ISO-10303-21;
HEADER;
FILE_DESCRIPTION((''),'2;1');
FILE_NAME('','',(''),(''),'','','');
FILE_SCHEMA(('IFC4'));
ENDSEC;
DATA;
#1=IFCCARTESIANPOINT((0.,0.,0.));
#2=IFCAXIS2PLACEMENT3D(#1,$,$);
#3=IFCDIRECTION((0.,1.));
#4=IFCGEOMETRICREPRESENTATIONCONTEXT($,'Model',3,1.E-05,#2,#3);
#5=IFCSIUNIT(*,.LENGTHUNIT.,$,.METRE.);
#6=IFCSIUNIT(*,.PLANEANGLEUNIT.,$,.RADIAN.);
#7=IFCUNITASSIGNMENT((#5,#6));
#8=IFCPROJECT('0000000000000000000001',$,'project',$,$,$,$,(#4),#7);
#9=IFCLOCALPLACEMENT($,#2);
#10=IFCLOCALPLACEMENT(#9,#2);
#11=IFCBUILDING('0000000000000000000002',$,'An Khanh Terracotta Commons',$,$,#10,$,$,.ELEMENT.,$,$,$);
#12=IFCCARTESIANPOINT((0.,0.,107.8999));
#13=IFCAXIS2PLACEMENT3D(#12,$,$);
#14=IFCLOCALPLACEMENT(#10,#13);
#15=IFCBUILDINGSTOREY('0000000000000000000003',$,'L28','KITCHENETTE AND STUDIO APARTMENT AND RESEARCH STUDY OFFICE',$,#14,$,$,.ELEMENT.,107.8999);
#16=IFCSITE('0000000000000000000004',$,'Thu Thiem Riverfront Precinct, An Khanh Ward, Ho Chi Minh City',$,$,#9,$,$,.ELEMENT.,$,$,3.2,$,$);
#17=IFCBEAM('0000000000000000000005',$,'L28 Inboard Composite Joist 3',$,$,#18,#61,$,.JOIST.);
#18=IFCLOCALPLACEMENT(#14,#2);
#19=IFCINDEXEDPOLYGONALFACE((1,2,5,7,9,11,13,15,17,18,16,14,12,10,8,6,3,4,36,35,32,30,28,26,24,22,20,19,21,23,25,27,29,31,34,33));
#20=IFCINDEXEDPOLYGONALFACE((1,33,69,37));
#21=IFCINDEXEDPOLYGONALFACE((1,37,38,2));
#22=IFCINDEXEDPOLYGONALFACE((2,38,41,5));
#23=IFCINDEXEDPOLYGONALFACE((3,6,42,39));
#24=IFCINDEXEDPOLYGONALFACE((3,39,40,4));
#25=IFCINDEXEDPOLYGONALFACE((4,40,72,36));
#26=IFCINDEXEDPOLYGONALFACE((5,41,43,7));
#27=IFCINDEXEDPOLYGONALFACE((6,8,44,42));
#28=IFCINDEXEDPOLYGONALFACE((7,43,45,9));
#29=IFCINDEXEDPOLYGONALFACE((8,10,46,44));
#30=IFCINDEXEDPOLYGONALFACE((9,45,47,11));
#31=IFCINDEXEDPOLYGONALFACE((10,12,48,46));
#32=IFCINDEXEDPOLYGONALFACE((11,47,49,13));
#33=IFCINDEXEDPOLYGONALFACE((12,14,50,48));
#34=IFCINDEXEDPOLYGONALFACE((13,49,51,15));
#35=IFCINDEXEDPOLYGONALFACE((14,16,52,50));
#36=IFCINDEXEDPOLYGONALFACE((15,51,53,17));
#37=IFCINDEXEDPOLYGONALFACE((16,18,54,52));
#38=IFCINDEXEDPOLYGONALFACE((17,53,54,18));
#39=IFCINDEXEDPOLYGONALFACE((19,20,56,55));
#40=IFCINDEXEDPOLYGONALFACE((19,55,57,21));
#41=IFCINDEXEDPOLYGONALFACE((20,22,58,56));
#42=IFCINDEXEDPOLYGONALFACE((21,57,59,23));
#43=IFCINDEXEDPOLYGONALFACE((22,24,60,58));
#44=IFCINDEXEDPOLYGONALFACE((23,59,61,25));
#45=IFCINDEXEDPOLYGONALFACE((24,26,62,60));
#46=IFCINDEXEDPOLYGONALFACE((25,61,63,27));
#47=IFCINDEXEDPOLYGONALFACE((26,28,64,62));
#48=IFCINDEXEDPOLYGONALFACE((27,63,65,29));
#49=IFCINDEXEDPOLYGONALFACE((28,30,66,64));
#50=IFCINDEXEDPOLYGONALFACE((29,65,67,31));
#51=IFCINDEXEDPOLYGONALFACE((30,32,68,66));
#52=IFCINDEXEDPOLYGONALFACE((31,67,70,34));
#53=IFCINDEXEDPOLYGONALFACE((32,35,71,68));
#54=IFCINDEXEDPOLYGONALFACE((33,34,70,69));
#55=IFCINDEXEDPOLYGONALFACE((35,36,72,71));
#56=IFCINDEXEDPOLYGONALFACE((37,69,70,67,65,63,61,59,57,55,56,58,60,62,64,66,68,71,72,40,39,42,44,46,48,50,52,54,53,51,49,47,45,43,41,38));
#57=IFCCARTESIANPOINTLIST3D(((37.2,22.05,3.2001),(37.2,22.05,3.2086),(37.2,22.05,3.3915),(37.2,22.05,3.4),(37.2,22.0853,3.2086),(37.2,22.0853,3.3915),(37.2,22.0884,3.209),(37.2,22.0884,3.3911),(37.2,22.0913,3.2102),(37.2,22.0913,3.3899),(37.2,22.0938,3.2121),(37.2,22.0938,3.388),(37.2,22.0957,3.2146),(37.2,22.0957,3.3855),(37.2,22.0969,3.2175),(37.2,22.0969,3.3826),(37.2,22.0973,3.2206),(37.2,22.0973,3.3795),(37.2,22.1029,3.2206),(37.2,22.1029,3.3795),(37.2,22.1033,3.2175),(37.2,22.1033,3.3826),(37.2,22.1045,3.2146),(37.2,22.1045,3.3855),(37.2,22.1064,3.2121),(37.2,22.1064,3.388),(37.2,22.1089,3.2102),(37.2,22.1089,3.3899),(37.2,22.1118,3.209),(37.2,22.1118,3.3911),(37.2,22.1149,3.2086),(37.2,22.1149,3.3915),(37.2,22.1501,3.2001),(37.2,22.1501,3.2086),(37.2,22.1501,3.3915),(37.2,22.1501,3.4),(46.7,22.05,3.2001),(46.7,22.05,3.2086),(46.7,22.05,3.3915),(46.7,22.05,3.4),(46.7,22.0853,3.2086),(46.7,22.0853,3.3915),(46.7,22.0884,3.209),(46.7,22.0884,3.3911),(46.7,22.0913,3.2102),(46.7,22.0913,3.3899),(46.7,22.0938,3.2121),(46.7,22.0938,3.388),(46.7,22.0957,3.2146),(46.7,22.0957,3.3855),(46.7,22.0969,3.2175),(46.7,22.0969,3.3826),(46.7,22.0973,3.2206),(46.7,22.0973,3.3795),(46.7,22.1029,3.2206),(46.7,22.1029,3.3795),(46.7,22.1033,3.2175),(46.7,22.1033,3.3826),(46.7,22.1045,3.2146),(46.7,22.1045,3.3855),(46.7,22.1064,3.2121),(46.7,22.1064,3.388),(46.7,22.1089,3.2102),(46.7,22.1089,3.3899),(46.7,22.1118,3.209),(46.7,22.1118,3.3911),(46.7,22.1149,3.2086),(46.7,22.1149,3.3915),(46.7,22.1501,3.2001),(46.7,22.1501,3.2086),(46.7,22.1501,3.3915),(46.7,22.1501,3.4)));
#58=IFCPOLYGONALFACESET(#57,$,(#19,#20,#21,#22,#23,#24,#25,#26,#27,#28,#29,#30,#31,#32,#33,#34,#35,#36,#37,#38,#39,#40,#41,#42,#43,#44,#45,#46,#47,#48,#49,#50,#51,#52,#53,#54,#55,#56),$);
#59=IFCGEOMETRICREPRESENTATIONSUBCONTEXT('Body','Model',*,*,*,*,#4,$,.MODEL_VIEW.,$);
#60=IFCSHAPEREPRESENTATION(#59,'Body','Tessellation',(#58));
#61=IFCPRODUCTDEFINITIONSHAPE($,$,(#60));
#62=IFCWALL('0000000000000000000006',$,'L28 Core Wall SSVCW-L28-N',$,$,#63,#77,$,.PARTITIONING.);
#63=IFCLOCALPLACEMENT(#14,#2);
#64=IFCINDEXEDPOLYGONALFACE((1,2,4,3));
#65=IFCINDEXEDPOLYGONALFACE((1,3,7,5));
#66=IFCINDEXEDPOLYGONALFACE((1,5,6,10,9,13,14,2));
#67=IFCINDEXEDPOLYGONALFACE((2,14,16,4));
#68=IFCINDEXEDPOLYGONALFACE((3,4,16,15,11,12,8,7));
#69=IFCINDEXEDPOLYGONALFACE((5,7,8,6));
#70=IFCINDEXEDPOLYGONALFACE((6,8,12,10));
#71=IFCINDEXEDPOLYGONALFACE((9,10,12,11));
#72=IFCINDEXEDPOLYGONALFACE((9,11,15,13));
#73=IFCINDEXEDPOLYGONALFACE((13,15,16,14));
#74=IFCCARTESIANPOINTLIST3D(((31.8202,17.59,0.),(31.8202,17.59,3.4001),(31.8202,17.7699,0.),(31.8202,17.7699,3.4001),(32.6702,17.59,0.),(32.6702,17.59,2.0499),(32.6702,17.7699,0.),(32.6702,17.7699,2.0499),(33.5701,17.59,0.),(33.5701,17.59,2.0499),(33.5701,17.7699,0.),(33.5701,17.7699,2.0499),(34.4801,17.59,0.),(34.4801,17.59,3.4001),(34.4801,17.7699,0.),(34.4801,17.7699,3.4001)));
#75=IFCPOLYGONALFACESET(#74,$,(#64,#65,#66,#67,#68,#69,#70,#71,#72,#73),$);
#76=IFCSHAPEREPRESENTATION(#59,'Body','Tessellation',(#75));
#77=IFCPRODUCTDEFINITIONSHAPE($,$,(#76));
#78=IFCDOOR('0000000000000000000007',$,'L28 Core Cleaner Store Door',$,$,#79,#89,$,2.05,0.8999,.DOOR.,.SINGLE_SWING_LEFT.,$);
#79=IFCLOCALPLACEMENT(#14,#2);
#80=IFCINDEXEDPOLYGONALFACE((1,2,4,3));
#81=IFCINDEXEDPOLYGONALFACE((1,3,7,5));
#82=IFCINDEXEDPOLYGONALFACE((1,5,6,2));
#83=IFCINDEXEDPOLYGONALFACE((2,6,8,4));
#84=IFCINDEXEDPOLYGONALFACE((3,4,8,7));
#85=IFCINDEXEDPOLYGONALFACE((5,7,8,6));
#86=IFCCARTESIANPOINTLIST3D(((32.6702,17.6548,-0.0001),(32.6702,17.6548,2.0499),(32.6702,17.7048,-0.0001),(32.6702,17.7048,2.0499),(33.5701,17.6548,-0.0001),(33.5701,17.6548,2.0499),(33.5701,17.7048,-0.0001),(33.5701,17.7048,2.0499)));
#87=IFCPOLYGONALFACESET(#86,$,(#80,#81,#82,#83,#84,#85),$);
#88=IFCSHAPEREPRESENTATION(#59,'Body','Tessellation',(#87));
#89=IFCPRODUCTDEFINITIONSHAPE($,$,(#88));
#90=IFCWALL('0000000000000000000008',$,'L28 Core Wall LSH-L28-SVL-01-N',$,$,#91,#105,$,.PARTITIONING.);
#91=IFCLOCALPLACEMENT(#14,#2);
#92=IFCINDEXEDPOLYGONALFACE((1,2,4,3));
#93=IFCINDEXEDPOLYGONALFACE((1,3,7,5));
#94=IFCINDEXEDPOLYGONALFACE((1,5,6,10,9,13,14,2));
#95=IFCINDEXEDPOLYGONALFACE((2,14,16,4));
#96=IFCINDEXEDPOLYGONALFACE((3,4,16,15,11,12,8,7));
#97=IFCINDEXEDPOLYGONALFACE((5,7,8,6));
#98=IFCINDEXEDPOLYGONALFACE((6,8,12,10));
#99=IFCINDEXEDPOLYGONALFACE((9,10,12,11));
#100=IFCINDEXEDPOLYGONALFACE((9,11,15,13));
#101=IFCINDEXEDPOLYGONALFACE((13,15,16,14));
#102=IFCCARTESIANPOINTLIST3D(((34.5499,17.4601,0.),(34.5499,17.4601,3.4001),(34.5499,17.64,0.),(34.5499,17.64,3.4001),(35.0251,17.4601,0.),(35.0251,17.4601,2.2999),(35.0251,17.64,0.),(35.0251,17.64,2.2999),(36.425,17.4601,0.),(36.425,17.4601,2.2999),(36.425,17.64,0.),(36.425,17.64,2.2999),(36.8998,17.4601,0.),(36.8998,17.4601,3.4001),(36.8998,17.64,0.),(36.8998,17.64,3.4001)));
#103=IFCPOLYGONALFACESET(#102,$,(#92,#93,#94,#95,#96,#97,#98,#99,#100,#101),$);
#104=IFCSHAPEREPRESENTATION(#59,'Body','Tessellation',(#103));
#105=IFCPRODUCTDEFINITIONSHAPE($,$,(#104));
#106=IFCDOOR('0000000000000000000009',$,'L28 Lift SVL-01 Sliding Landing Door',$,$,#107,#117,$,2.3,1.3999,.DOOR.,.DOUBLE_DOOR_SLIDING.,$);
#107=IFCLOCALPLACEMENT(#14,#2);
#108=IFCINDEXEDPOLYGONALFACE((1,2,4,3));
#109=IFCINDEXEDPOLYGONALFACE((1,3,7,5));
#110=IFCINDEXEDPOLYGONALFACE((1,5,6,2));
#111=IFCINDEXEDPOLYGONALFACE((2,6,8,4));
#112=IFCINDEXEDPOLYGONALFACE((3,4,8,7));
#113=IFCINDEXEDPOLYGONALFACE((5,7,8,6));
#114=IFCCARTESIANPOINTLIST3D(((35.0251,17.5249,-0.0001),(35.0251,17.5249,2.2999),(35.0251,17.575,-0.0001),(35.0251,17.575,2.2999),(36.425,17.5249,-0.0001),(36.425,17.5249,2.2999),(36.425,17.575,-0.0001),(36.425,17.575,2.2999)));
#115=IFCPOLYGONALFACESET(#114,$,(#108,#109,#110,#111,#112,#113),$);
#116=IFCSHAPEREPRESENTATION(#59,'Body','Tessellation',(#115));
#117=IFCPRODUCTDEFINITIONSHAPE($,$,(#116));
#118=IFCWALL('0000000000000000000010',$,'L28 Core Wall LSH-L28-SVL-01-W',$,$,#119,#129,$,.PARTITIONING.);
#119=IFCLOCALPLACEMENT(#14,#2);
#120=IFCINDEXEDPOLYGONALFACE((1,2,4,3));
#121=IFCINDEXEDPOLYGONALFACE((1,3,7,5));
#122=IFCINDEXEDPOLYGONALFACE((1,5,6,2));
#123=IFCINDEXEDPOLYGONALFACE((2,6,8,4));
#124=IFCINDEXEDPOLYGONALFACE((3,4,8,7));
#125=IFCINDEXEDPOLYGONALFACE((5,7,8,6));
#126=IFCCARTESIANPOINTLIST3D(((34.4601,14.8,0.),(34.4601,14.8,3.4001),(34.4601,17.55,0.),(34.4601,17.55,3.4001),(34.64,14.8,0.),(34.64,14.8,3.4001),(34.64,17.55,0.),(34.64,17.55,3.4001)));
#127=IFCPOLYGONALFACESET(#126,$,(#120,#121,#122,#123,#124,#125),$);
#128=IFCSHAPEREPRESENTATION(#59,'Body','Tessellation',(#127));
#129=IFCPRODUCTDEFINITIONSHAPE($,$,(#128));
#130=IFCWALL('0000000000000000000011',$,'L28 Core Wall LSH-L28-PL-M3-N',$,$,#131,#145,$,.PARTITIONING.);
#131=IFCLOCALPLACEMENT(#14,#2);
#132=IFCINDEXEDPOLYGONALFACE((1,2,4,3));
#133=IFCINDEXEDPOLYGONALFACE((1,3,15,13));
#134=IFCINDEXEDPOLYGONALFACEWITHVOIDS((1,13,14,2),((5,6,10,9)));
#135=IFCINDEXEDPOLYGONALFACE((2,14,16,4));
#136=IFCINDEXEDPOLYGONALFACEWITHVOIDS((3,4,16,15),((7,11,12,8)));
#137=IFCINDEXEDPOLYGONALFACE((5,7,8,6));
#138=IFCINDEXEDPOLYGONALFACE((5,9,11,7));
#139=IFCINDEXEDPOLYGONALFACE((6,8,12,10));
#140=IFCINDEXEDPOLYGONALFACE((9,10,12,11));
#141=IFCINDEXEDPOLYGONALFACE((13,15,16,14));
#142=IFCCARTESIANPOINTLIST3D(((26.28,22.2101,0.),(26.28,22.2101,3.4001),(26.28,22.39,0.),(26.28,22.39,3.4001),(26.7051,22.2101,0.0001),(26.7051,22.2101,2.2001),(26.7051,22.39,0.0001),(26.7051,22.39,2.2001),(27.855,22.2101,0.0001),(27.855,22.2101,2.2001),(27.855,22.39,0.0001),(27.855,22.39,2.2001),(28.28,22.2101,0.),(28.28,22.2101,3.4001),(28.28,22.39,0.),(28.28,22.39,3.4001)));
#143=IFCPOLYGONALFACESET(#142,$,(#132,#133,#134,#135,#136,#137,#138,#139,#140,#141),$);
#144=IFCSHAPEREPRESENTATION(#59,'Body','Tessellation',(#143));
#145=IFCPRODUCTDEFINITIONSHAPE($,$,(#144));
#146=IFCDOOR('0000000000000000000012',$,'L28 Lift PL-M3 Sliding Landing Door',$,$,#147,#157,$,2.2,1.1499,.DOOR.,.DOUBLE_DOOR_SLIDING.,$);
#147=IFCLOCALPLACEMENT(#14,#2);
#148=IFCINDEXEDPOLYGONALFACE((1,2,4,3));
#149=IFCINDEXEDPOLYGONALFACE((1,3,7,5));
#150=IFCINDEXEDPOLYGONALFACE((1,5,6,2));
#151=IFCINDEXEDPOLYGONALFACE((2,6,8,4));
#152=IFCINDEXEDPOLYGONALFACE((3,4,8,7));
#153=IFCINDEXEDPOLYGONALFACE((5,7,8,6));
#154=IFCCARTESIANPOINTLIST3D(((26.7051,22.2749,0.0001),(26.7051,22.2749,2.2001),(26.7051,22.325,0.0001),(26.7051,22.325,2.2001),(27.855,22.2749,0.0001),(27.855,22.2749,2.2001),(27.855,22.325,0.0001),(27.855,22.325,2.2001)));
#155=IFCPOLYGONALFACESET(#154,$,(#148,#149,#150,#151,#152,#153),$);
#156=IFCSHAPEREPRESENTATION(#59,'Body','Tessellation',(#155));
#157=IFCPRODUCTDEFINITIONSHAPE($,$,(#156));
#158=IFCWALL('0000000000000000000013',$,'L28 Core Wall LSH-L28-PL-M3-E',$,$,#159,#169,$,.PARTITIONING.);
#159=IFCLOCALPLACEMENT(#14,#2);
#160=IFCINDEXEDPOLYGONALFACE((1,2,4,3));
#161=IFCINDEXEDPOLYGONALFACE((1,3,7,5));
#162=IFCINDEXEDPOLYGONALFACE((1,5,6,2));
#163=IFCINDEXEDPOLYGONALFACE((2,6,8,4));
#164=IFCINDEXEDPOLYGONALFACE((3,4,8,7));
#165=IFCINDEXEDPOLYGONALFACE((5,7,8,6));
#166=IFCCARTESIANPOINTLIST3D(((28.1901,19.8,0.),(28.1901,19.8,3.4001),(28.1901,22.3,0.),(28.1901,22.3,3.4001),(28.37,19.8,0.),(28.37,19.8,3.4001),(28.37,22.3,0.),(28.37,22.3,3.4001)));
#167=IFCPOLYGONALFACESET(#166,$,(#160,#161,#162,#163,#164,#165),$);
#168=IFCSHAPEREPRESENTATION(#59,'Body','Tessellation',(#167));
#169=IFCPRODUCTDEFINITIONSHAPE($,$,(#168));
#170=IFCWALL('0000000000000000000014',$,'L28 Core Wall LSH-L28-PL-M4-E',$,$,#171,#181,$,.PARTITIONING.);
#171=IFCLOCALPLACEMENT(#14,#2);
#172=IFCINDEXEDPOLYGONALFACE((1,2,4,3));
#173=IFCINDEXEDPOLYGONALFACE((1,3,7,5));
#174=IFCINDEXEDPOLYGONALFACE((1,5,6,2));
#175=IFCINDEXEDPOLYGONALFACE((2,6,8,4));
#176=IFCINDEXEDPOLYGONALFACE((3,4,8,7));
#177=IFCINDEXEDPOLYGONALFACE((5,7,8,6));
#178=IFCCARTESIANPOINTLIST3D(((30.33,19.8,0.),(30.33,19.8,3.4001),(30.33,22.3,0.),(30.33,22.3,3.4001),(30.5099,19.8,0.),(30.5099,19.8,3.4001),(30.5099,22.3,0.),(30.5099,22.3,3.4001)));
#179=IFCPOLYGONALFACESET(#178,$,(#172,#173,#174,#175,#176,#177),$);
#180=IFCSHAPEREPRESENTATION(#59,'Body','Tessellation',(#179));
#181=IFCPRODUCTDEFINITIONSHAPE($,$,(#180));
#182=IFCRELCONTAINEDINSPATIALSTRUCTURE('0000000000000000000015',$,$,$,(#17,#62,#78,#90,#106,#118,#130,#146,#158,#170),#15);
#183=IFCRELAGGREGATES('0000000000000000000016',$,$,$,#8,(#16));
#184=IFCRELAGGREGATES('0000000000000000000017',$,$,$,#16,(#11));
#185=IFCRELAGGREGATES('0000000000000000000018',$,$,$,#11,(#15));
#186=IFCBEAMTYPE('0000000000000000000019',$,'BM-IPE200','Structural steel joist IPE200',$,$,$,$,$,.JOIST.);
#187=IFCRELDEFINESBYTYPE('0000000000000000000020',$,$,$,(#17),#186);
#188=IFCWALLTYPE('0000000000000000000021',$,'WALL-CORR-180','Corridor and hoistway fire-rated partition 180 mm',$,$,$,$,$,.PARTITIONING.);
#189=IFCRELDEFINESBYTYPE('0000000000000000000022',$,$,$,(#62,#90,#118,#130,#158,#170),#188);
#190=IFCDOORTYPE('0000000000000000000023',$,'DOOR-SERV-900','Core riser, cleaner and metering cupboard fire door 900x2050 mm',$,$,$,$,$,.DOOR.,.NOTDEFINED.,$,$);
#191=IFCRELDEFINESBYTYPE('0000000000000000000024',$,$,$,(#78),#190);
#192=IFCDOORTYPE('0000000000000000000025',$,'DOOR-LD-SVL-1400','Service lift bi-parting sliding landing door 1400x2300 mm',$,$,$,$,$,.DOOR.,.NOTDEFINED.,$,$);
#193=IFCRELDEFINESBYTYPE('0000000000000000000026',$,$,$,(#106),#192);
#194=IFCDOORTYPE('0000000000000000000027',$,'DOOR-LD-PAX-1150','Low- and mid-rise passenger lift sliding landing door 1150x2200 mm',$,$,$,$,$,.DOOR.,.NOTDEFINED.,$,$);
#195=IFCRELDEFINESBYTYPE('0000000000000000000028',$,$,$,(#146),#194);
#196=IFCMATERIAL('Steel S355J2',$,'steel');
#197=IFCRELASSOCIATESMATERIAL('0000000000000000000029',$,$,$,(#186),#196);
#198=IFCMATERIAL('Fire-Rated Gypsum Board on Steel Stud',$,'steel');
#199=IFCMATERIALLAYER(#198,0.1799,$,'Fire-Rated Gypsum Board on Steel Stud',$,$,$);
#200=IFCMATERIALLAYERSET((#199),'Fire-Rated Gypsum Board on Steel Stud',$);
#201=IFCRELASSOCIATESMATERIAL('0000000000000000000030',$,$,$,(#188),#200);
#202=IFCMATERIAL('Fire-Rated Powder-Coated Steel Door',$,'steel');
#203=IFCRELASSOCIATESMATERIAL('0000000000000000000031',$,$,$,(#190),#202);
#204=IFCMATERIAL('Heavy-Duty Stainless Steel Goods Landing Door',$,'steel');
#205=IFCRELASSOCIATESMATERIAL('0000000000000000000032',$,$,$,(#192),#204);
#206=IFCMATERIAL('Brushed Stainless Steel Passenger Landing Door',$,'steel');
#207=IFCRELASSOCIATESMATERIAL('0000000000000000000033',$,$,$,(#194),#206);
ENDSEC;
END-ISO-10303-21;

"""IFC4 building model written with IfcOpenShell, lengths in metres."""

from ifc_helpers import new_model, si_unit, direction, frame, frame_2d, origin, origin_2d, place, context, subcontext, project, spatial, rectangle, i_section, extrude, material, layer, layer_set, material_profile, profile_set, type_object, element, fill, save


model = new_model("IFC4")

# Units and contexts
model_context = context("Model", 3, precision=1e-05, world=origin(), true_north=direction((0.0, 1.0)))
body_context = subcontext(model_context, "Body", "Model", "MODEL_VIEW")
ifc_project = project(units=[si_unit("LENGTHUNIT", "METRE"), si_unit("PLANEANGLEUNIT", "RADIAN")], contexts=[model_context])

# Site, building, storey
site_placement = place(None, origin())
site = spatial("IfcSite", under=ifc_project, at=site_placement, Name="Thu Thiem Riverfront Precinct, An Khanh Ward, Ho Chi Minh City", CompositionType="ELEMENT", RefElevation=3.2)
building_placement = place(site_placement, origin())
building = spatial("IfcBuilding", under=site, at=building_placement, Name="An Khanh Terracotta Commons", CompositionType="ELEMENT")
storey_placement = place(building_placement, frame((0.0, 0.0, 107.8999)))
storey = spatial("IfcBuildingStorey", under=building, at=storey_placement, Name="L28", Description="KITCHENETTE AND STUDIO APARTMENT AND RESEARCH STUDY OFFICE", CompositionType="ELEMENT", Elevation=107.8999)

# Beam
ifc_material_1 = material(Name="Steel S355J2", Category="steel")
ifc_material_profile_1 = material_profile(ifc_material_1, i_section(OverallWidth=0.1001, OverallDepth=0.2, WebThickness=0.0056, FlangeThickness=0.0085, FilletRadius=0.012, at=origin_2d()), Name="IPE200")
ifc_profile_set_1 = profile_set([ifc_material_profile_1], Name="Steel S355J2")
beam_type_1 = type_object("IfcBeamType", Name="BM-IPE200", Description="Structural steel joist IPE200", PredefinedType="JOIST", material=ifc_profile_set_1)
for number, where, z_axis, x_axis, name in (
    (1, (37.2, 22.1001, 3.3), (1.0, 0.0, 0.0), (0.0, 1.0, 0.0), "L28 Inboard Composite Joist 3"),
):
    element("IfcBeam", number, at=place(storey_placement, frame(where, z_axis=z_axis, x_axis=x_axis)), inside=storey, type_object=beam_type_1, Name=name, PredefinedType="JOIST", context=body_context, shape_type="SweptSolid", body=[
        extrude(i_section(OverallWidth=0.1001, OverallDepth=0.2, WebThickness=0.0056, FlangeThickness=0.0085, FilletRadius=0.012, at=origin_2d()), origin(), (0.0, 0.0, 1.0), 9.5),
    ])

# Walls, openings, doors
ifc_material_2 = material(Name="Fire-Rated Gypsum Board on Steel Stud", Category="steel")
ifc_layer = layer(ifc_material_2, 0.1799, Name="Fire-Rated Gypsum Board on Steel Stud")
ifc_layer_set = layer_set([ifc_layer], Name="Fire-Rated Gypsum Board on Steel Stud")
wall_type = type_object("IfcWallType", Name="WALL-CORR-180", Description="Corridor and hoistway fire-rated partition 180 mm", PredefinedType="PARTITIONING", material=ifc_layer_set)
wall_1_placement = place(storey_placement, frame((31.8201, 17.6799, 0.0), z_axis=(0.0, 0.0, 1.0), x_axis=(1.0, 0.0, 0.0)))
wall_1 = element("IfcWall", 2, at=wall_1_placement, inside=storey, type_object=wall_type, Name="L28 Core Wall SSVCW-L28-N", PredefinedType="PARTITIONING", context=body_context, shape_type="SweptSolid", body=[
    extrude(rectangle(XDim=2.6599, YDim=0.1799, at=frame_2d((1.3301, 0.0))), origin(), (0.0, 0.0, 1.0), 3.4001),
])
opening_1_placement = place(wall_1_placement, frame((0.8501, 0.0, 0.0)))
opening_1 = element("IfcOpeningElement", 3, at=opening_1_placement, cuts=wall_1, PredefinedType="OPENING", context=body_context, shape_type="SweptSolid", body=[
    extrude(rectangle(XDim=0.8999, YDim=2.05, at=frame_2d((0.45, 1.0249))), frame((0.0, 0.0999, 0.0), z_axis=(0.0, -1.0, 0.0), x_axis=(1.0, 0.0, 0.0)), (0.0, 0.0, 1.0), 0.2),
])
ifc_material_3 = material(Name="Fire-Rated Powder-Coated Steel Door", Category="steel")
door_type_1 = type_object("IfcDoorType", Name="DOOR-SERV-900", Description="Core riser, cleaner and metering cupboard fire door 900x2050 mm", OperationType="NOTDEFINED", PredefinedType="DOOR", material=ifc_material_3)
door_1_placement = place(opening_1_placement, origin())
door_1 = element("IfcDoor", 4, at=door_1_placement, inside=storey, type_object=door_type_1, Name="L28 Core Cleaner Store Door", OperationType="SINGLE_SWING_LEFT", OverallHeight=2.05, OverallWidth=0.8999, PredefinedType="DOOR", context=body_context, shape_type="SweptSolid", body=[
    extrude(rectangle(XDim=0.8999, YDim=2.05, at=frame_2d((0.45, 1.0249))), frame((0.0, 0.0249, 0.0), z_axis=(0.0, -1.0, 0.0), x_axis=(1.0, 0.0, 0.0)), (0.0, 0.0, 1.0), 0.05),
])
fill(opening_1, door_1)
wall_2_placement = place(storey_placement, frame((34.55, 17.55, 0.0), z_axis=(0.0, 0.0, 1.0), x_axis=(1.0, 0.0, 0.0)))
wall_2 = element("IfcWall", 5, at=wall_2_placement, inside=storey, type_object=wall_type, Name="L28 Core Wall LSH-L28-SVL-01-N", PredefinedType="PARTITIONING", context=body_context, shape_type="SweptSolid", body=[
    extrude(rectangle(XDim=2.3499, YDim=0.1799, at=frame_2d((1.1748, 0.0))), origin(), (0.0, 0.0, 1.0), 3.4001),
])
opening_2_placement = place(wall_2_placement, frame((0.4751, 0.0, 0.0)))
opening_2 = element("IfcOpeningElement", 6, at=opening_2_placement, cuts=wall_2, PredefinedType="OPENING", context=body_context, shape_type="SweptSolid", body=[
    extrude(rectangle(XDim=1.3999, YDim=2.3, at=frame_2d((0.7, 1.1499))), frame((0.0, 0.0999, 0.0), z_axis=(0.0, -1.0, 0.0), x_axis=(1.0, 0.0, 0.0)), (0.0, 0.0, 1.0), 0.2),
])
ifc_material_4 = material(Name="Heavy-Duty Stainless Steel Goods Landing Door", Category="steel")
door_type_2 = type_object("IfcDoorType", Name="DOOR-LD-SVL-1400", Description="Service lift bi-parting sliding landing door 1400x2300 mm", OperationType="NOTDEFINED", PredefinedType="DOOR", material=ifc_material_4)
door_2_placement = place(opening_2_placement, origin())
door_2 = element("IfcDoor", 7, at=door_2_placement, inside=storey, type_object=door_type_2, Name="L28 Lift SVL-01 Sliding Landing Door", OperationType="DOUBLE_DOOR_SLIDING", OverallHeight=2.3, OverallWidth=1.3999, PredefinedType="DOOR", context=body_context, shape_type="SweptSolid", body=[
    extrude(rectangle(XDim=1.3999, YDim=2.3, at=frame_2d((0.7, 1.1499))), frame((0.0, 0.0249, 0.0), z_axis=(0.0, -1.0, 0.0), x_axis=(1.0, 0.0, 0.0)), (0.0, 0.0, 1.0), 0.05),
])
fill(opening_2, door_2)

# Wall
wall_3_placement = place(storey_placement, frame((34.55, 17.55, 0.0), z_axis=(0.0, 0.0, 1.0), x_axis=(0.0, -1.0, 0.0)))
element("IfcWall", 8, at=wall_3_placement, inside=storey, type_object=wall_type, Name="L28 Core Wall LSH-L28-SVL-01-W", PredefinedType="PARTITIONING", context=body_context, shape_type="SweptSolid", body=[
    extrude(rectangle(XDim=2.75, YDim=0.1799, at=frame_2d((1.375, 0.0))), origin(), (0.0, 0.0, 1.0), 3.4001),
])

# Wall, opening, door
wall_4_placement = place(storey_placement, frame((26.28, 22.3, 0.0), z_axis=(0.0, 0.0, 1.0), x_axis=(1.0, 0.0, 0.0)))
wall_4 = element("IfcWall", 9, at=wall_4_placement, inside=storey, type_object=wall_type, Name="L28 Core Wall LSH-L28-PL-M3-N", PredefinedType="PARTITIONING", context=body_context, shape_type="SweptSolid", body=[
    extrude(rectangle(XDim=2.0, YDim=0.1799, at=frame_2d((1.0, 0.0))), origin(), (0.0, 0.0, 1.0), 3.4001),
])
opening_3_placement = place(wall_4_placement, frame((0.425, 0.0, 0.0)))
opening_3 = element("IfcOpeningElement", 10, at=opening_3_placement, cuts=wall_4, PredefinedType="OPENING", context=body_context, shape_type="SweptSolid", body=[
    extrude(rectangle(XDim=1.1499, YDim=2.2, at=frame_2d((0.575, 1.1001))), frame((0.0, 0.0999, 0.0), z_axis=(0.0, -1.0, 0.0), x_axis=(1.0, 0.0, 0.0)), (0.0, 0.0, 1.0), 0.2),
])
ifc_material_5 = material(Name="Brushed Stainless Steel Passenger Landing Door", Category="steel")
door_type_3 = type_object("IfcDoorType", Name="DOOR-LD-PAX-1150", Description="Low- and mid-rise passenger lift sliding landing door 1150x2200 mm", OperationType="NOTDEFINED", PredefinedType="DOOR", material=ifc_material_5)
door_3_placement = place(opening_3_placement, origin())
door_3 = element("IfcDoor", 11, at=door_3_placement, inside=storey, type_object=door_type_3, Name="L28 Lift PL-M3 Sliding Landing Door", OperationType="DOUBLE_DOOR_SLIDING", OverallHeight=2.2, OverallWidth=1.1499, PredefinedType="DOOR", context=body_context, shape_type="SweptSolid", body=[
    extrude(rectangle(XDim=1.1499, YDim=2.2, at=frame_2d((0.575, 1.1001))), frame((0.0, 0.0249, 0.0), z_axis=(0.0, -1.0, 0.0), x_axis=(1.0, 0.0, 0.0)), (0.0, 0.0, 1.0), 0.05),
])
fill(opening_3, door_3)

# Walls
for number, where, z_axis, x_axis, name in (
    (12, (28.28, 19.8, 0.0), (0.0, 0.0, 1.0), (0.0, 1.0, 0.0), "L28 Core Wall LSH-L28-PL-M3-E"),
    (13, (30.4199, 19.8, 0.0), (0.0, 0.0, 1.0), (0.0, 1.0, 0.0), "L28 Core Wall LSH-L28-PL-M4-E"),
):
    element("IfcWall", number, at=place(storey_placement, frame(where, z_axis=z_axis, x_axis=x_axis)), inside=storey, type_object=wall_type, Name=name, PredefinedType="PARTITIONING", context=body_context, shape_type="SweptSolid", body=[
        extrude(rectangle(XDim=2.5, YDim=0.1799, at=frame_2d((1.25, 0.0))), origin(), (0.0, 0.0, 1.0), 3.4001),
    ])

save(model, "model.ifc")
